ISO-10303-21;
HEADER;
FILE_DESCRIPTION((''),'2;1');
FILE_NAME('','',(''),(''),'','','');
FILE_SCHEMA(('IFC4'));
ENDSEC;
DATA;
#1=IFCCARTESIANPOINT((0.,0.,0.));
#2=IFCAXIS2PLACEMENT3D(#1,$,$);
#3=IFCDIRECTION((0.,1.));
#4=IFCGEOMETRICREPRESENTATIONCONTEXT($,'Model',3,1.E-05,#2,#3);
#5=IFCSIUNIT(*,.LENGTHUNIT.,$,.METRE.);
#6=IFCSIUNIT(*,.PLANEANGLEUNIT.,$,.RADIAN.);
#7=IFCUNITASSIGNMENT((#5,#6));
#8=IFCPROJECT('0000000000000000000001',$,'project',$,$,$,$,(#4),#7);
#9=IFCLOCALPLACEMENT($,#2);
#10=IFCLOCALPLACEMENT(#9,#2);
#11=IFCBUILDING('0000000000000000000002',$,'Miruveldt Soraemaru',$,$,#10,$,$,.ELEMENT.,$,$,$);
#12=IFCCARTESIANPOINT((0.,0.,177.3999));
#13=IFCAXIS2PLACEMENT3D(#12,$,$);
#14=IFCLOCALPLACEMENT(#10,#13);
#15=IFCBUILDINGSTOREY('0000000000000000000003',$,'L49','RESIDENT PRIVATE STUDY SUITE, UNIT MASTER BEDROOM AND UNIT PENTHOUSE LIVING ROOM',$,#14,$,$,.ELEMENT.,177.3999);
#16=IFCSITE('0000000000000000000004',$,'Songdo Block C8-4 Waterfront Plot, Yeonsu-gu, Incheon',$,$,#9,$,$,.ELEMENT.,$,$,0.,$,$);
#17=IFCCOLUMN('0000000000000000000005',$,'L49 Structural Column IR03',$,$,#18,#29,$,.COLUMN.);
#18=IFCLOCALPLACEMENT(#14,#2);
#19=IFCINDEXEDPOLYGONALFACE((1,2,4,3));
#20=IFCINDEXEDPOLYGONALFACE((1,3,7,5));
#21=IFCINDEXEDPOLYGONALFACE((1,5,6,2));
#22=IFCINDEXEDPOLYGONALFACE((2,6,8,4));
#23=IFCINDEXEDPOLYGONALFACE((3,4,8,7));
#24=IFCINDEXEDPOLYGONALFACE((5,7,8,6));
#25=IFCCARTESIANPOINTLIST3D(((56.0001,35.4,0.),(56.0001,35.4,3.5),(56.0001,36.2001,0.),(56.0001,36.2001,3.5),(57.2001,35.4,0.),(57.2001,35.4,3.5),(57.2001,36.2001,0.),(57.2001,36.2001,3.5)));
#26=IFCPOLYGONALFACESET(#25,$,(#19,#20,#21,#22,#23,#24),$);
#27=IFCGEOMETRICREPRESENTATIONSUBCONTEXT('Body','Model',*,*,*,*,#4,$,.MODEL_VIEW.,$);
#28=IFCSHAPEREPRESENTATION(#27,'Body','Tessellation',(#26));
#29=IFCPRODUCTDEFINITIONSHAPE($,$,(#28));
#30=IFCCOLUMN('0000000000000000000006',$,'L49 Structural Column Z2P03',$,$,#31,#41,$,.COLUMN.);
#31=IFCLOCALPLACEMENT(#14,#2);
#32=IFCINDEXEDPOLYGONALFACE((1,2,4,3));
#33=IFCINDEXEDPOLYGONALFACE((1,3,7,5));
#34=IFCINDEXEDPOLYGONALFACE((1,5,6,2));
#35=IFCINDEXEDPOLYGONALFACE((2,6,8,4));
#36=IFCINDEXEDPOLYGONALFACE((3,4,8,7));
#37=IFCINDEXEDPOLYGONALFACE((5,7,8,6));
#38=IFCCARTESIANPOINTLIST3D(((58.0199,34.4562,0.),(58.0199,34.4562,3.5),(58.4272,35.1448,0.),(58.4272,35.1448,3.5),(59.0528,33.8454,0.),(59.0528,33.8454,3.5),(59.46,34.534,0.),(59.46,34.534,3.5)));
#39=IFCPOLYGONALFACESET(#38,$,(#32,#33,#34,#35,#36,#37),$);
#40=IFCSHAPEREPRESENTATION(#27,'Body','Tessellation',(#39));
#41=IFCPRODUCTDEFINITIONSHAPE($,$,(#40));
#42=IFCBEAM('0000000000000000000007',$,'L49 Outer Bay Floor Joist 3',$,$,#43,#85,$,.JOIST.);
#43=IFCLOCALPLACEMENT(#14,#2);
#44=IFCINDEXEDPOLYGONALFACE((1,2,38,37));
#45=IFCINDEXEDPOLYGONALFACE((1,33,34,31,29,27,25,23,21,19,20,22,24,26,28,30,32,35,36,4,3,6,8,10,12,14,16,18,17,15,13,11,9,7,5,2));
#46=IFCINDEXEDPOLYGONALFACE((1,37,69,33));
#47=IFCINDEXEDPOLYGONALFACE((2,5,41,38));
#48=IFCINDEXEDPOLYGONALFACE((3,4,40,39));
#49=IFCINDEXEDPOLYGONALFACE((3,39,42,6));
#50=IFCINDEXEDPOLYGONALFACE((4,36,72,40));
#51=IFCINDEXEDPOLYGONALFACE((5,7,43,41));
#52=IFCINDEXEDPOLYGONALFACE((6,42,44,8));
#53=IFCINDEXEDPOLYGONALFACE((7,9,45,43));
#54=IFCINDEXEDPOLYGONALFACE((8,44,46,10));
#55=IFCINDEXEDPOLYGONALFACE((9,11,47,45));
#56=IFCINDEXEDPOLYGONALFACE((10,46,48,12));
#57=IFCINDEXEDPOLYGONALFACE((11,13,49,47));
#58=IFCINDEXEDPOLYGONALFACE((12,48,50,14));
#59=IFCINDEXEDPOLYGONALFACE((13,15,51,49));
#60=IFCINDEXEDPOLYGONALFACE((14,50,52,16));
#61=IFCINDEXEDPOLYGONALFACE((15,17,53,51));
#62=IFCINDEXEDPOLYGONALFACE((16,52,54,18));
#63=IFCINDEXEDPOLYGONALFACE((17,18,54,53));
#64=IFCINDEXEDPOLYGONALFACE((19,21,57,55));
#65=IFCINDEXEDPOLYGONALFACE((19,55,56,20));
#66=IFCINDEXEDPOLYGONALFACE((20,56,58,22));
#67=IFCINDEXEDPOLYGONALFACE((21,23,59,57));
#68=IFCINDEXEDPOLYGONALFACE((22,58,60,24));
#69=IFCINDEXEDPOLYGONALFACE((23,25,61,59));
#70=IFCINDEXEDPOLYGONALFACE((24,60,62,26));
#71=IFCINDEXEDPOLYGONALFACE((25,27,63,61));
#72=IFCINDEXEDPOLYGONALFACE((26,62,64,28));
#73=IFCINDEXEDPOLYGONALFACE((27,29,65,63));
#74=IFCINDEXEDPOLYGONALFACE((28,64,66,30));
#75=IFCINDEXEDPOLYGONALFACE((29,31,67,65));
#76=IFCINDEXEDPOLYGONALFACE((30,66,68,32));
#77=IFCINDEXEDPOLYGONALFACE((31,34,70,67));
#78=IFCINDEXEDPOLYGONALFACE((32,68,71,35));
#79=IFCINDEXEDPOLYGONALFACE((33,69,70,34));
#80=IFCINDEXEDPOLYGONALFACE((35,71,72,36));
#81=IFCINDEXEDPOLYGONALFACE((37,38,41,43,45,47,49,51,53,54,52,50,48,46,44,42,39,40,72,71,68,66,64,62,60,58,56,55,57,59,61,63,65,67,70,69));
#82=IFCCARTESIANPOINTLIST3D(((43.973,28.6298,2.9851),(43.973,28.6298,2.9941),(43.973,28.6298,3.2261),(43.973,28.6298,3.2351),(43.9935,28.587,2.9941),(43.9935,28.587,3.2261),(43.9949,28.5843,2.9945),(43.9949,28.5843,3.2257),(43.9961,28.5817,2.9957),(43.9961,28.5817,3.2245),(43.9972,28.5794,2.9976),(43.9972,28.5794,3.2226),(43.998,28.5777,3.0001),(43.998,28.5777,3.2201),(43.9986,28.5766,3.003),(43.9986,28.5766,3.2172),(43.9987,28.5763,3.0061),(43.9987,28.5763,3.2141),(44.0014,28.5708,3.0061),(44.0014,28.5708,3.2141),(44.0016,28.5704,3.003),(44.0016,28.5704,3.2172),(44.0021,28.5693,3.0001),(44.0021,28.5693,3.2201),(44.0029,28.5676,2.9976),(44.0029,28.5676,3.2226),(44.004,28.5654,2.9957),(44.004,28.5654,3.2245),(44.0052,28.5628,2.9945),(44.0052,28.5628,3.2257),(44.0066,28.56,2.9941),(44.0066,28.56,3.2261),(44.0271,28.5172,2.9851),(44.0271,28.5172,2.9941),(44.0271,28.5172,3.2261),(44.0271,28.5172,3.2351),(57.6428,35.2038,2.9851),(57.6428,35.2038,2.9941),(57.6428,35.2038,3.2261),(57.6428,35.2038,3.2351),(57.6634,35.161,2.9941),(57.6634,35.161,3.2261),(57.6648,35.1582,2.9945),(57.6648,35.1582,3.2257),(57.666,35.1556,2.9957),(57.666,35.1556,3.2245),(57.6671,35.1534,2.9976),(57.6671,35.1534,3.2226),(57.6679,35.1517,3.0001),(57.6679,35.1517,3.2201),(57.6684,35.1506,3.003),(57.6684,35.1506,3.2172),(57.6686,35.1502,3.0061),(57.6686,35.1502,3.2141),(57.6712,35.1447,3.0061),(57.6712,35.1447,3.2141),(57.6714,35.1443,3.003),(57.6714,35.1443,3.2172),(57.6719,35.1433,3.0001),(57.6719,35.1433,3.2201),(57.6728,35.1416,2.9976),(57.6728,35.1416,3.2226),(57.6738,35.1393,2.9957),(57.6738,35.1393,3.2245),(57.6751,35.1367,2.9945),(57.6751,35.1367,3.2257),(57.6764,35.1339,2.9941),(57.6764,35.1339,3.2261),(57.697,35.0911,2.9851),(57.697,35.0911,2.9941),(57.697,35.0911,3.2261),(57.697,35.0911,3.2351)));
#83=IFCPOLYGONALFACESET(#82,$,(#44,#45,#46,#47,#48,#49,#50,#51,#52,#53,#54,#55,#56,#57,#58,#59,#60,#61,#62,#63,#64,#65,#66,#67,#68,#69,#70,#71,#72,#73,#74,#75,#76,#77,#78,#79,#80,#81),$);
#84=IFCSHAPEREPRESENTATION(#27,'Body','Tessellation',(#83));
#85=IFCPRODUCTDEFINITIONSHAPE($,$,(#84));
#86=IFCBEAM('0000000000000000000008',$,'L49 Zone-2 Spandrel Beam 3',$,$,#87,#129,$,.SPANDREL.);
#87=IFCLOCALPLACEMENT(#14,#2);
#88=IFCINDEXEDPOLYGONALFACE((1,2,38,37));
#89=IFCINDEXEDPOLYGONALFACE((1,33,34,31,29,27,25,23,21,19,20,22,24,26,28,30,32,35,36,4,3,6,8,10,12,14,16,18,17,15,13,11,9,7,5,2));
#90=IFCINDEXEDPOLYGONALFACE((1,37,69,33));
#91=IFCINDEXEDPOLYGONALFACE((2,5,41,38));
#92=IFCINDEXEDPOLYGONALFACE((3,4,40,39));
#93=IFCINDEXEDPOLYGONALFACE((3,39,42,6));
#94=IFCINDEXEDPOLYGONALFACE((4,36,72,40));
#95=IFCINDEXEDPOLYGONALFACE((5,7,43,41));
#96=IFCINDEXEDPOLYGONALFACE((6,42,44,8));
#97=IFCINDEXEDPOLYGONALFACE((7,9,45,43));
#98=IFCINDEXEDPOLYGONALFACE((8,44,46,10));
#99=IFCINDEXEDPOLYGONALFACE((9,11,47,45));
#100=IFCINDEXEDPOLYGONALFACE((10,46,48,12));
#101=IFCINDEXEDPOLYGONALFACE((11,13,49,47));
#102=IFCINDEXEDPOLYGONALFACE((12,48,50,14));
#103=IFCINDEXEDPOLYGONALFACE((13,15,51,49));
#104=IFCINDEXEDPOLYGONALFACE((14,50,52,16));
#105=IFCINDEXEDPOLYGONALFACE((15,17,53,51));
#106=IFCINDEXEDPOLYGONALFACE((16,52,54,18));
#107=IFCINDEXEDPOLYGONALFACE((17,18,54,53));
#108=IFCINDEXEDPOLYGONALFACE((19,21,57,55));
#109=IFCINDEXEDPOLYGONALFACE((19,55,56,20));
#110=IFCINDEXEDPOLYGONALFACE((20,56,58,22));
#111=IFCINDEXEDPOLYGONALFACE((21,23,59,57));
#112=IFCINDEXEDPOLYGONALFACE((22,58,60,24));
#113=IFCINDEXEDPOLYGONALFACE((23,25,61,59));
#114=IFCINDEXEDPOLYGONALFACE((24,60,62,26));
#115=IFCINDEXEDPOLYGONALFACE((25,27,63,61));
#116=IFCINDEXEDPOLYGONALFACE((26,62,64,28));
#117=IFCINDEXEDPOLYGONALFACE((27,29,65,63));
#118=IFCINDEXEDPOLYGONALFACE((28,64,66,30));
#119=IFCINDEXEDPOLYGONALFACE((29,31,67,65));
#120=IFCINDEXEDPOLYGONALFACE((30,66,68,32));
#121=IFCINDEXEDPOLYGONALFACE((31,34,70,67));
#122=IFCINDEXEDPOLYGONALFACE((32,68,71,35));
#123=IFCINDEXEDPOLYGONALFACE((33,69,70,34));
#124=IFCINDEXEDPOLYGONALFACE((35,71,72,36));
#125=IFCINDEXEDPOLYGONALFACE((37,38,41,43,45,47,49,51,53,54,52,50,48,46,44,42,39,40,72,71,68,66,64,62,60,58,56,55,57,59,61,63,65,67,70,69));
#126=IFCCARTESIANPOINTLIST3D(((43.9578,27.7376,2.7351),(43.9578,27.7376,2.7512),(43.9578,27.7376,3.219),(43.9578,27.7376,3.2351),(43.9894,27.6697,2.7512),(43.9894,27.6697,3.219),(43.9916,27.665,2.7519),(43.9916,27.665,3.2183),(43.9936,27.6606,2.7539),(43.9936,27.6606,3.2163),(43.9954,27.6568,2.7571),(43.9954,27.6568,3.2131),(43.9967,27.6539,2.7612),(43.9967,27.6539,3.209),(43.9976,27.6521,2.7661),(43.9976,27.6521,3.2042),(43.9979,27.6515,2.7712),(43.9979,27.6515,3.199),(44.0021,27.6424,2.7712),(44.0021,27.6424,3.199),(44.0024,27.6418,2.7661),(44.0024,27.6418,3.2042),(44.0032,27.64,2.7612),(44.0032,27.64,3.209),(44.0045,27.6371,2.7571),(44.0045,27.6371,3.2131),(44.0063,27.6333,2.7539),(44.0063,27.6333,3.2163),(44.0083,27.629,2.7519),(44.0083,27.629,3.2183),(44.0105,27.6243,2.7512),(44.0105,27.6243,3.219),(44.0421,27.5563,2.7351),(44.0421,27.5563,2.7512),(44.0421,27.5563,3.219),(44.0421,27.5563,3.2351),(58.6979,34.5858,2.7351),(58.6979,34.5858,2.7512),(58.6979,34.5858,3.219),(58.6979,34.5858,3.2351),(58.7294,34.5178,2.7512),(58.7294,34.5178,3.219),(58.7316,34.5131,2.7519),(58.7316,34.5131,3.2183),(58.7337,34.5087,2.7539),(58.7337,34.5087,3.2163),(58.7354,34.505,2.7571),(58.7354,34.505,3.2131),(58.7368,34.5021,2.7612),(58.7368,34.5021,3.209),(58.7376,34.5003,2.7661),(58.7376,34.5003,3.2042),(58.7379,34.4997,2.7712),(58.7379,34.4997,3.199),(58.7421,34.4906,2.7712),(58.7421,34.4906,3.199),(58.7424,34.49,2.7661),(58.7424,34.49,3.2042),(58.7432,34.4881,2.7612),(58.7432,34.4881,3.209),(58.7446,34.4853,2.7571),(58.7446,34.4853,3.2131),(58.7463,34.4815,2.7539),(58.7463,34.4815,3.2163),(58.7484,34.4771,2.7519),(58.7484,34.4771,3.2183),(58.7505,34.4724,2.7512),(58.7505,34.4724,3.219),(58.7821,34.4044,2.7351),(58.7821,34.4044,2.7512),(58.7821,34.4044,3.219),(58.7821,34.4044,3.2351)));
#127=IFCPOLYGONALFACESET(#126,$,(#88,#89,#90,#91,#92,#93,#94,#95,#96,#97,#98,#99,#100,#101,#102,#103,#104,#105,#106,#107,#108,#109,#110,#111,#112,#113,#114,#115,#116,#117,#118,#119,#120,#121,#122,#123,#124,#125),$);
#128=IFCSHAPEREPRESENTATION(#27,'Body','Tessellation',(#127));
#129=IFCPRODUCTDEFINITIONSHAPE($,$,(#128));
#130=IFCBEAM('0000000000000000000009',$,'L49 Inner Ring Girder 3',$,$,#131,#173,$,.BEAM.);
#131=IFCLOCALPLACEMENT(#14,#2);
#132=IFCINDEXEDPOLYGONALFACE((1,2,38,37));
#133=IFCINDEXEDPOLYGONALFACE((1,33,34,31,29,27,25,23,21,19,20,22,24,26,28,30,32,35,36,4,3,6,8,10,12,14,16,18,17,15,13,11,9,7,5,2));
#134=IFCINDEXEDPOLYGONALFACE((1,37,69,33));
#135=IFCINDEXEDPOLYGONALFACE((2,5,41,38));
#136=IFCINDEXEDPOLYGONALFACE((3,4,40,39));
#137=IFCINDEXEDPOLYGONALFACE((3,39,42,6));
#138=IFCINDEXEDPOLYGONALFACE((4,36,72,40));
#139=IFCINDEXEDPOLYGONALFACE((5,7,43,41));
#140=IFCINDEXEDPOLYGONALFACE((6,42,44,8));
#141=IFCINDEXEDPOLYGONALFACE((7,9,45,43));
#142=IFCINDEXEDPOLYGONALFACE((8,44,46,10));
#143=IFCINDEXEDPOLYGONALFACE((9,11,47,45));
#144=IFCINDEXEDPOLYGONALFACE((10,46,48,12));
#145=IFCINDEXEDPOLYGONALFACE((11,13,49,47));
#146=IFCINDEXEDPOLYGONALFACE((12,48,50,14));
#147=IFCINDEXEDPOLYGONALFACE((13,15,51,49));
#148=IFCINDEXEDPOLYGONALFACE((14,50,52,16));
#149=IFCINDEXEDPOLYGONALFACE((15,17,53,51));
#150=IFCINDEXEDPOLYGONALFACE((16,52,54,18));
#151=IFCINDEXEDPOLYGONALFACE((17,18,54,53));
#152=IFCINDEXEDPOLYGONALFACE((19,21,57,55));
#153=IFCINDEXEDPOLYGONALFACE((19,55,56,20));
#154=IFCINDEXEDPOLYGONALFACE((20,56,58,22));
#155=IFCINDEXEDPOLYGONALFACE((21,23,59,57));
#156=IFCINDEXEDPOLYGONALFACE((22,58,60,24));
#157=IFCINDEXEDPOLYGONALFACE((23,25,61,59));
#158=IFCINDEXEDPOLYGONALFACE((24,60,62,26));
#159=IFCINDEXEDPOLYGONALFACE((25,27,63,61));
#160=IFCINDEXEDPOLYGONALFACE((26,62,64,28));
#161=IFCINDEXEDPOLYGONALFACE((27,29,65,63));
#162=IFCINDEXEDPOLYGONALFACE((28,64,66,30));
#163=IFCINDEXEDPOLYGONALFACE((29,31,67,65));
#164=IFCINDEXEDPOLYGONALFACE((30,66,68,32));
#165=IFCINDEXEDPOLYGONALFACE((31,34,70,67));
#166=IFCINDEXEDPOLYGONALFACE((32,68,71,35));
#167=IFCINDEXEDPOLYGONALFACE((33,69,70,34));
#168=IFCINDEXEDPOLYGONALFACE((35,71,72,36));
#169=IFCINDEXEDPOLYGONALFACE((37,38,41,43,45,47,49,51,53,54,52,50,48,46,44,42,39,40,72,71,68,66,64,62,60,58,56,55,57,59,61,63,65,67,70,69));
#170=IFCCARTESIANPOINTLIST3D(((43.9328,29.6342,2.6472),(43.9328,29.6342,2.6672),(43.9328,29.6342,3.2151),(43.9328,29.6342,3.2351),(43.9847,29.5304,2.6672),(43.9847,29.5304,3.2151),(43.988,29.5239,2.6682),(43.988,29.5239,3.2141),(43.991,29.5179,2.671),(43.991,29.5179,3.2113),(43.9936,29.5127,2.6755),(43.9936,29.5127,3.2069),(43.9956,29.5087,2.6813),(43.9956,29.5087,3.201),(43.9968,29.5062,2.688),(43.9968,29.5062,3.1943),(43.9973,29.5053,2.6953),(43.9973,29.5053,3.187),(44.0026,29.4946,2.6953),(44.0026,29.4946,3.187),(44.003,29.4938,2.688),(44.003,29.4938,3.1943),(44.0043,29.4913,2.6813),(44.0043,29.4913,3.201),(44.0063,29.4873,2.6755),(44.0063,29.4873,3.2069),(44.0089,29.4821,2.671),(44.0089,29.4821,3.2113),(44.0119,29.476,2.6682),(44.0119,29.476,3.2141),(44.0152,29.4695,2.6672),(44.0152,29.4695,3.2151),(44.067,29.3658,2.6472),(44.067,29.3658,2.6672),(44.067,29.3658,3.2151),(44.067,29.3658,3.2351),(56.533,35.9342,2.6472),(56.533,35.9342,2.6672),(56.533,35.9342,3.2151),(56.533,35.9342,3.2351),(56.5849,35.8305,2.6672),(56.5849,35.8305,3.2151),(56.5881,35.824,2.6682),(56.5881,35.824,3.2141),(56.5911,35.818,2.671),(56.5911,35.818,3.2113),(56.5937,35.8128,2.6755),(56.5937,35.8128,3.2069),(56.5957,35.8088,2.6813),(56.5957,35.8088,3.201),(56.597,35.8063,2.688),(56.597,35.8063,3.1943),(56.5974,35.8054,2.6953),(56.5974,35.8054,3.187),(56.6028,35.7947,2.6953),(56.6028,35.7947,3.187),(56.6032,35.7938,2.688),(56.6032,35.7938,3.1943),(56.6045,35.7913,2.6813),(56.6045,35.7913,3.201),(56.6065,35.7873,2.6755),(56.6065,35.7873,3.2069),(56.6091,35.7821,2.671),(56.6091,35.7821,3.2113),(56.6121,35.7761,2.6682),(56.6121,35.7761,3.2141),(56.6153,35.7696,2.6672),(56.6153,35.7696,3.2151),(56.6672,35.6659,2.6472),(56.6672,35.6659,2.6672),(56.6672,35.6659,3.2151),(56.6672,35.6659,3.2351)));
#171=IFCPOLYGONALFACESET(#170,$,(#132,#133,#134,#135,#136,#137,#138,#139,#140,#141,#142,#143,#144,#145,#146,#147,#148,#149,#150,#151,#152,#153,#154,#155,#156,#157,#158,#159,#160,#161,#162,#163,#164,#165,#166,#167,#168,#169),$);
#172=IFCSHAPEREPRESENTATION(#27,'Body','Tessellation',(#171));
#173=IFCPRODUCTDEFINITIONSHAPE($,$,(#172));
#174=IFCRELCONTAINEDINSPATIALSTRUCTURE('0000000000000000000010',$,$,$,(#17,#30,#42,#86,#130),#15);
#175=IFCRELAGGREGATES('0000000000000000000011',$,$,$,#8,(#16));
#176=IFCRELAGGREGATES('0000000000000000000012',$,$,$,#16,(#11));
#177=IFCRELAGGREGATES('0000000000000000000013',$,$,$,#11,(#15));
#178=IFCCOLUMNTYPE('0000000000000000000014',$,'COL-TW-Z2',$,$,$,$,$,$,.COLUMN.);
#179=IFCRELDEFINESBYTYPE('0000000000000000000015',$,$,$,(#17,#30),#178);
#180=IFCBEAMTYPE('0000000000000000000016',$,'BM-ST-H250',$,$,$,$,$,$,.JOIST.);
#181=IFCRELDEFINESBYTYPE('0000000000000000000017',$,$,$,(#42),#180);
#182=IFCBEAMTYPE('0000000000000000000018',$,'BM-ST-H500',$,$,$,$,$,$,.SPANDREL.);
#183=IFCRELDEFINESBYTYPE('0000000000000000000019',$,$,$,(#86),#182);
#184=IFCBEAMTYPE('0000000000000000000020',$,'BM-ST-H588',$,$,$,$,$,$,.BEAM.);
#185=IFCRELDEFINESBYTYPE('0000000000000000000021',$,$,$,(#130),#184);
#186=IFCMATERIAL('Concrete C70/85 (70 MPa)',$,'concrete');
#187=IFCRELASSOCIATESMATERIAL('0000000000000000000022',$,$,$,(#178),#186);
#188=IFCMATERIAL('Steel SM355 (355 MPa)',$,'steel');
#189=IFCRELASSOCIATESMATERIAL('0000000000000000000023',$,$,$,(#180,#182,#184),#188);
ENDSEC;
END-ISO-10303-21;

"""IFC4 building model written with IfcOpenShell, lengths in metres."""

from ifc_helpers import new_model, si_unit, direction, frame, origin, origin_2d, place, context, subcontext, project, spatial, rectangle, i_section, extrude, material, material_profile, profile_set, type_object, element, save


model = new_model("IFC4")

# Units and contexts
model_context = context("Model", 3, precision=1e-05, world=origin(), true_north=direction((0.0, 1.0)))
body_context = subcontext(model_context, "Body", "Model", "MODEL_VIEW")
ifc_project = project(units=[si_unit("LENGTHUNIT", "METRE"), si_unit("PLANEANGLEUNIT", "RADIAN")], contexts=[model_context])

# Site, building, storey
site_placement = place(None, origin())
site = spatial("IfcSite", under=ifc_project, at=site_placement, Name="Songdo Block C8-4 Waterfront Plot, Yeonsu-gu, Incheon", CompositionType="ELEMENT", RefElevation=0.0)
building_placement = place(site_placement, origin())
building = spatial("IfcBuilding", under=site, at=building_placement, Name="Miruveldt Soraemaru", CompositionType="ELEMENT")
storey_placement = place(building_placement, frame((0.0, 0.0, 177.3999)))
storey = spatial("IfcBuildingStorey", under=building, at=storey_placement, Name="L49", Description="RESIDENT PRIVATE STUDY SUITE, UNIT MASTER BEDROOM AND UNIT PENTHOUSE LIVING ROOM", CompositionType="ELEMENT", Elevation=177.3999)

# Columns
ifc_material_1 = material(Name="Concrete C70/85 (70 MPa)", Category="concrete")
ifc_material_profile_1 = material_profile(ifc_material_1, rectangle(XDim=1.2, YDim=0.8, at=origin_2d()), Name="Concrete C70/85 (70 MPa)", Category="concrete")
ifc_profile_set_1 = profile_set([ifc_material_profile_1], Name="Concrete C70/85 (70 MPa)")
column_type = type_object("IfcColumnType", Name="COL-TW-Z2", PredefinedType="COLUMN", material=ifc_profile_set_1)
for number, where, z_axis, x_axis, name in (
    (1, (56.6001, 35.8, 0.0), (0.0, 0.0, 1.0), (1.0, 0.0, 0.0), "L49 Structural Column IR03"),
    (2, (58.74, 34.4951, 0.0), (0.0, 0.0, 1.0), (-0.860742, 0.509041, 0.0), "L49 Structural Column Z2P03"),
):
    element("IfcColumn", number, at=place(storey_placement, frame(where, z_axis=z_axis, x_axis=x_axis)), inside=storey, type_object=column_type, Name=name, PredefinedType="COLUMN", context=body_context, shape_type="SweptSolid", body=[
        extrude(rectangle(XDim=1.2, YDim=0.8, at=origin_2d()), origin(), (0.0, 0.0, 1.0), 3.5),
    ])

# Beams
ifc_material_2 = material(Name="Steel SM355 (355 MPa)", Category="steel")
ifc_material_profile_2 = material_profile(ifc_material_2, i_section(OverallWidth=0.125, OverallDepth=0.25, WebThickness=0.0061, FlangeThickness=0.009, FilletRadius=0.012, at=origin_2d()), Name="Steel SM355 (355 MPa)", Category="steel")
ifc_profile_set_2 = profile_set([ifc_material_profile_2], Name="Steel SM355 (355 MPa)")
beam_type_1 = type_object("IfcBeamType", Name="BM-ST-H250", PredefinedType="JOIST", material=ifc_profile_set_2)
beam_1_placement = place(storey_placement, frame((57.6699, 35.1475, 3.1101), z_axis=(-0.901204, -0.433396, 0.0), x_axis=(0.433396, -0.901204, 0.0)))
element("IfcBeam", 3, at=beam_1_placement, inside=storey, type_object=beam_type_1, Name="L49 Outer Bay Floor Joist 3", PredefinedType="JOIST", context=body_context, shape_type="SweptSolid", body=[
    extrude(i_section(OverallWidth=0.125, OverallDepth=0.25, WebThickness=0.0061, FlangeThickness=0.009, FilletRadius=0.012, at=origin_2d()), origin(), (0.0, 0.0, 1.0), 15.1685),
])
ifc_material_profile_3 = material_profile(ifc_material_2, i_section(OverallWidth=0.2, OverallDepth=0.5, WebThickness=0.01, FlangeThickness=0.0161, FilletRadius=0.02, at=origin_2d()), Name="Steel SM355 (355 MPa)", Category="steel")
ifc_profile_set_3 = profile_set([ifc_material_profile_3], Name="Steel SM355 (355 MPa)")
beam_type_2 = type_object("IfcBeamType", Name="BM-ST-H500", PredefinedType="SPANDREL", material=ifc_profile_set_3)
beam_2_placement = place(storey_placement, frame((58.74, 34.4951, 2.9851), z_axis=(-0.906901, -0.421343, 0.0), x_axis=(0.421343, -0.906901, 0.0)))
element("IfcBeam", 4, at=beam_2_placement, inside=storey, type_object=beam_type_2, Name="L49 Zone-2 Spandrel Beam 3", PredefinedType="SPANDREL", context=body_context, shape_type="SweptSolid", body=[
    extrude(i_section(OverallWidth=0.2, OverallDepth=0.5, WebThickness=0.01, FlangeThickness=0.0161, FilletRadius=0.02, at=origin_2d()), origin(), (0.0, 0.0, 1.0), 16.2532),
])
ifc_material_profile_4 = material_profile(ifc_material_2, i_section(OverallWidth=0.3, OverallDepth=0.5879, WebThickness=0.012, FlangeThickness=0.02, FilletRadius=0.0281, at=origin_2d()), Name="Steel SM355 (355 MPa)", Category="steel")
ifc_profile_set_4 = profile_set([ifc_material_profile_4], Name="Steel SM355 (355 MPa)")
beam_type_3 = type_object("IfcBeamType", Name="BM-ST-H588", PredefinedType="BEAM", material=ifc_profile_set_4)
beam_3_placement = place(storey_placement, frame((56.6001, 35.8, 2.9412), z_axis=(-0.894427, -0.447214, 0.0), x_axis=(0.447214, -0.894427, 0.0)))
element("IfcBeam", 5, at=beam_3_placement, inside=storey, type_object=beam_type_3, Name="L49 Inner Ring Girder 3", PredefinedType="BEAM", context=body_context, shape_type="SweptSolid", body=[
    extrude(i_section(OverallWidth=0.3, OverallDepth=0.5879, WebThickness=0.012, FlangeThickness=0.02, FilletRadius=0.0281, at=origin_2d()), origin(), (0.0, 0.0, 1.0), 14.0874),
])

save(model, "model.ifc")
